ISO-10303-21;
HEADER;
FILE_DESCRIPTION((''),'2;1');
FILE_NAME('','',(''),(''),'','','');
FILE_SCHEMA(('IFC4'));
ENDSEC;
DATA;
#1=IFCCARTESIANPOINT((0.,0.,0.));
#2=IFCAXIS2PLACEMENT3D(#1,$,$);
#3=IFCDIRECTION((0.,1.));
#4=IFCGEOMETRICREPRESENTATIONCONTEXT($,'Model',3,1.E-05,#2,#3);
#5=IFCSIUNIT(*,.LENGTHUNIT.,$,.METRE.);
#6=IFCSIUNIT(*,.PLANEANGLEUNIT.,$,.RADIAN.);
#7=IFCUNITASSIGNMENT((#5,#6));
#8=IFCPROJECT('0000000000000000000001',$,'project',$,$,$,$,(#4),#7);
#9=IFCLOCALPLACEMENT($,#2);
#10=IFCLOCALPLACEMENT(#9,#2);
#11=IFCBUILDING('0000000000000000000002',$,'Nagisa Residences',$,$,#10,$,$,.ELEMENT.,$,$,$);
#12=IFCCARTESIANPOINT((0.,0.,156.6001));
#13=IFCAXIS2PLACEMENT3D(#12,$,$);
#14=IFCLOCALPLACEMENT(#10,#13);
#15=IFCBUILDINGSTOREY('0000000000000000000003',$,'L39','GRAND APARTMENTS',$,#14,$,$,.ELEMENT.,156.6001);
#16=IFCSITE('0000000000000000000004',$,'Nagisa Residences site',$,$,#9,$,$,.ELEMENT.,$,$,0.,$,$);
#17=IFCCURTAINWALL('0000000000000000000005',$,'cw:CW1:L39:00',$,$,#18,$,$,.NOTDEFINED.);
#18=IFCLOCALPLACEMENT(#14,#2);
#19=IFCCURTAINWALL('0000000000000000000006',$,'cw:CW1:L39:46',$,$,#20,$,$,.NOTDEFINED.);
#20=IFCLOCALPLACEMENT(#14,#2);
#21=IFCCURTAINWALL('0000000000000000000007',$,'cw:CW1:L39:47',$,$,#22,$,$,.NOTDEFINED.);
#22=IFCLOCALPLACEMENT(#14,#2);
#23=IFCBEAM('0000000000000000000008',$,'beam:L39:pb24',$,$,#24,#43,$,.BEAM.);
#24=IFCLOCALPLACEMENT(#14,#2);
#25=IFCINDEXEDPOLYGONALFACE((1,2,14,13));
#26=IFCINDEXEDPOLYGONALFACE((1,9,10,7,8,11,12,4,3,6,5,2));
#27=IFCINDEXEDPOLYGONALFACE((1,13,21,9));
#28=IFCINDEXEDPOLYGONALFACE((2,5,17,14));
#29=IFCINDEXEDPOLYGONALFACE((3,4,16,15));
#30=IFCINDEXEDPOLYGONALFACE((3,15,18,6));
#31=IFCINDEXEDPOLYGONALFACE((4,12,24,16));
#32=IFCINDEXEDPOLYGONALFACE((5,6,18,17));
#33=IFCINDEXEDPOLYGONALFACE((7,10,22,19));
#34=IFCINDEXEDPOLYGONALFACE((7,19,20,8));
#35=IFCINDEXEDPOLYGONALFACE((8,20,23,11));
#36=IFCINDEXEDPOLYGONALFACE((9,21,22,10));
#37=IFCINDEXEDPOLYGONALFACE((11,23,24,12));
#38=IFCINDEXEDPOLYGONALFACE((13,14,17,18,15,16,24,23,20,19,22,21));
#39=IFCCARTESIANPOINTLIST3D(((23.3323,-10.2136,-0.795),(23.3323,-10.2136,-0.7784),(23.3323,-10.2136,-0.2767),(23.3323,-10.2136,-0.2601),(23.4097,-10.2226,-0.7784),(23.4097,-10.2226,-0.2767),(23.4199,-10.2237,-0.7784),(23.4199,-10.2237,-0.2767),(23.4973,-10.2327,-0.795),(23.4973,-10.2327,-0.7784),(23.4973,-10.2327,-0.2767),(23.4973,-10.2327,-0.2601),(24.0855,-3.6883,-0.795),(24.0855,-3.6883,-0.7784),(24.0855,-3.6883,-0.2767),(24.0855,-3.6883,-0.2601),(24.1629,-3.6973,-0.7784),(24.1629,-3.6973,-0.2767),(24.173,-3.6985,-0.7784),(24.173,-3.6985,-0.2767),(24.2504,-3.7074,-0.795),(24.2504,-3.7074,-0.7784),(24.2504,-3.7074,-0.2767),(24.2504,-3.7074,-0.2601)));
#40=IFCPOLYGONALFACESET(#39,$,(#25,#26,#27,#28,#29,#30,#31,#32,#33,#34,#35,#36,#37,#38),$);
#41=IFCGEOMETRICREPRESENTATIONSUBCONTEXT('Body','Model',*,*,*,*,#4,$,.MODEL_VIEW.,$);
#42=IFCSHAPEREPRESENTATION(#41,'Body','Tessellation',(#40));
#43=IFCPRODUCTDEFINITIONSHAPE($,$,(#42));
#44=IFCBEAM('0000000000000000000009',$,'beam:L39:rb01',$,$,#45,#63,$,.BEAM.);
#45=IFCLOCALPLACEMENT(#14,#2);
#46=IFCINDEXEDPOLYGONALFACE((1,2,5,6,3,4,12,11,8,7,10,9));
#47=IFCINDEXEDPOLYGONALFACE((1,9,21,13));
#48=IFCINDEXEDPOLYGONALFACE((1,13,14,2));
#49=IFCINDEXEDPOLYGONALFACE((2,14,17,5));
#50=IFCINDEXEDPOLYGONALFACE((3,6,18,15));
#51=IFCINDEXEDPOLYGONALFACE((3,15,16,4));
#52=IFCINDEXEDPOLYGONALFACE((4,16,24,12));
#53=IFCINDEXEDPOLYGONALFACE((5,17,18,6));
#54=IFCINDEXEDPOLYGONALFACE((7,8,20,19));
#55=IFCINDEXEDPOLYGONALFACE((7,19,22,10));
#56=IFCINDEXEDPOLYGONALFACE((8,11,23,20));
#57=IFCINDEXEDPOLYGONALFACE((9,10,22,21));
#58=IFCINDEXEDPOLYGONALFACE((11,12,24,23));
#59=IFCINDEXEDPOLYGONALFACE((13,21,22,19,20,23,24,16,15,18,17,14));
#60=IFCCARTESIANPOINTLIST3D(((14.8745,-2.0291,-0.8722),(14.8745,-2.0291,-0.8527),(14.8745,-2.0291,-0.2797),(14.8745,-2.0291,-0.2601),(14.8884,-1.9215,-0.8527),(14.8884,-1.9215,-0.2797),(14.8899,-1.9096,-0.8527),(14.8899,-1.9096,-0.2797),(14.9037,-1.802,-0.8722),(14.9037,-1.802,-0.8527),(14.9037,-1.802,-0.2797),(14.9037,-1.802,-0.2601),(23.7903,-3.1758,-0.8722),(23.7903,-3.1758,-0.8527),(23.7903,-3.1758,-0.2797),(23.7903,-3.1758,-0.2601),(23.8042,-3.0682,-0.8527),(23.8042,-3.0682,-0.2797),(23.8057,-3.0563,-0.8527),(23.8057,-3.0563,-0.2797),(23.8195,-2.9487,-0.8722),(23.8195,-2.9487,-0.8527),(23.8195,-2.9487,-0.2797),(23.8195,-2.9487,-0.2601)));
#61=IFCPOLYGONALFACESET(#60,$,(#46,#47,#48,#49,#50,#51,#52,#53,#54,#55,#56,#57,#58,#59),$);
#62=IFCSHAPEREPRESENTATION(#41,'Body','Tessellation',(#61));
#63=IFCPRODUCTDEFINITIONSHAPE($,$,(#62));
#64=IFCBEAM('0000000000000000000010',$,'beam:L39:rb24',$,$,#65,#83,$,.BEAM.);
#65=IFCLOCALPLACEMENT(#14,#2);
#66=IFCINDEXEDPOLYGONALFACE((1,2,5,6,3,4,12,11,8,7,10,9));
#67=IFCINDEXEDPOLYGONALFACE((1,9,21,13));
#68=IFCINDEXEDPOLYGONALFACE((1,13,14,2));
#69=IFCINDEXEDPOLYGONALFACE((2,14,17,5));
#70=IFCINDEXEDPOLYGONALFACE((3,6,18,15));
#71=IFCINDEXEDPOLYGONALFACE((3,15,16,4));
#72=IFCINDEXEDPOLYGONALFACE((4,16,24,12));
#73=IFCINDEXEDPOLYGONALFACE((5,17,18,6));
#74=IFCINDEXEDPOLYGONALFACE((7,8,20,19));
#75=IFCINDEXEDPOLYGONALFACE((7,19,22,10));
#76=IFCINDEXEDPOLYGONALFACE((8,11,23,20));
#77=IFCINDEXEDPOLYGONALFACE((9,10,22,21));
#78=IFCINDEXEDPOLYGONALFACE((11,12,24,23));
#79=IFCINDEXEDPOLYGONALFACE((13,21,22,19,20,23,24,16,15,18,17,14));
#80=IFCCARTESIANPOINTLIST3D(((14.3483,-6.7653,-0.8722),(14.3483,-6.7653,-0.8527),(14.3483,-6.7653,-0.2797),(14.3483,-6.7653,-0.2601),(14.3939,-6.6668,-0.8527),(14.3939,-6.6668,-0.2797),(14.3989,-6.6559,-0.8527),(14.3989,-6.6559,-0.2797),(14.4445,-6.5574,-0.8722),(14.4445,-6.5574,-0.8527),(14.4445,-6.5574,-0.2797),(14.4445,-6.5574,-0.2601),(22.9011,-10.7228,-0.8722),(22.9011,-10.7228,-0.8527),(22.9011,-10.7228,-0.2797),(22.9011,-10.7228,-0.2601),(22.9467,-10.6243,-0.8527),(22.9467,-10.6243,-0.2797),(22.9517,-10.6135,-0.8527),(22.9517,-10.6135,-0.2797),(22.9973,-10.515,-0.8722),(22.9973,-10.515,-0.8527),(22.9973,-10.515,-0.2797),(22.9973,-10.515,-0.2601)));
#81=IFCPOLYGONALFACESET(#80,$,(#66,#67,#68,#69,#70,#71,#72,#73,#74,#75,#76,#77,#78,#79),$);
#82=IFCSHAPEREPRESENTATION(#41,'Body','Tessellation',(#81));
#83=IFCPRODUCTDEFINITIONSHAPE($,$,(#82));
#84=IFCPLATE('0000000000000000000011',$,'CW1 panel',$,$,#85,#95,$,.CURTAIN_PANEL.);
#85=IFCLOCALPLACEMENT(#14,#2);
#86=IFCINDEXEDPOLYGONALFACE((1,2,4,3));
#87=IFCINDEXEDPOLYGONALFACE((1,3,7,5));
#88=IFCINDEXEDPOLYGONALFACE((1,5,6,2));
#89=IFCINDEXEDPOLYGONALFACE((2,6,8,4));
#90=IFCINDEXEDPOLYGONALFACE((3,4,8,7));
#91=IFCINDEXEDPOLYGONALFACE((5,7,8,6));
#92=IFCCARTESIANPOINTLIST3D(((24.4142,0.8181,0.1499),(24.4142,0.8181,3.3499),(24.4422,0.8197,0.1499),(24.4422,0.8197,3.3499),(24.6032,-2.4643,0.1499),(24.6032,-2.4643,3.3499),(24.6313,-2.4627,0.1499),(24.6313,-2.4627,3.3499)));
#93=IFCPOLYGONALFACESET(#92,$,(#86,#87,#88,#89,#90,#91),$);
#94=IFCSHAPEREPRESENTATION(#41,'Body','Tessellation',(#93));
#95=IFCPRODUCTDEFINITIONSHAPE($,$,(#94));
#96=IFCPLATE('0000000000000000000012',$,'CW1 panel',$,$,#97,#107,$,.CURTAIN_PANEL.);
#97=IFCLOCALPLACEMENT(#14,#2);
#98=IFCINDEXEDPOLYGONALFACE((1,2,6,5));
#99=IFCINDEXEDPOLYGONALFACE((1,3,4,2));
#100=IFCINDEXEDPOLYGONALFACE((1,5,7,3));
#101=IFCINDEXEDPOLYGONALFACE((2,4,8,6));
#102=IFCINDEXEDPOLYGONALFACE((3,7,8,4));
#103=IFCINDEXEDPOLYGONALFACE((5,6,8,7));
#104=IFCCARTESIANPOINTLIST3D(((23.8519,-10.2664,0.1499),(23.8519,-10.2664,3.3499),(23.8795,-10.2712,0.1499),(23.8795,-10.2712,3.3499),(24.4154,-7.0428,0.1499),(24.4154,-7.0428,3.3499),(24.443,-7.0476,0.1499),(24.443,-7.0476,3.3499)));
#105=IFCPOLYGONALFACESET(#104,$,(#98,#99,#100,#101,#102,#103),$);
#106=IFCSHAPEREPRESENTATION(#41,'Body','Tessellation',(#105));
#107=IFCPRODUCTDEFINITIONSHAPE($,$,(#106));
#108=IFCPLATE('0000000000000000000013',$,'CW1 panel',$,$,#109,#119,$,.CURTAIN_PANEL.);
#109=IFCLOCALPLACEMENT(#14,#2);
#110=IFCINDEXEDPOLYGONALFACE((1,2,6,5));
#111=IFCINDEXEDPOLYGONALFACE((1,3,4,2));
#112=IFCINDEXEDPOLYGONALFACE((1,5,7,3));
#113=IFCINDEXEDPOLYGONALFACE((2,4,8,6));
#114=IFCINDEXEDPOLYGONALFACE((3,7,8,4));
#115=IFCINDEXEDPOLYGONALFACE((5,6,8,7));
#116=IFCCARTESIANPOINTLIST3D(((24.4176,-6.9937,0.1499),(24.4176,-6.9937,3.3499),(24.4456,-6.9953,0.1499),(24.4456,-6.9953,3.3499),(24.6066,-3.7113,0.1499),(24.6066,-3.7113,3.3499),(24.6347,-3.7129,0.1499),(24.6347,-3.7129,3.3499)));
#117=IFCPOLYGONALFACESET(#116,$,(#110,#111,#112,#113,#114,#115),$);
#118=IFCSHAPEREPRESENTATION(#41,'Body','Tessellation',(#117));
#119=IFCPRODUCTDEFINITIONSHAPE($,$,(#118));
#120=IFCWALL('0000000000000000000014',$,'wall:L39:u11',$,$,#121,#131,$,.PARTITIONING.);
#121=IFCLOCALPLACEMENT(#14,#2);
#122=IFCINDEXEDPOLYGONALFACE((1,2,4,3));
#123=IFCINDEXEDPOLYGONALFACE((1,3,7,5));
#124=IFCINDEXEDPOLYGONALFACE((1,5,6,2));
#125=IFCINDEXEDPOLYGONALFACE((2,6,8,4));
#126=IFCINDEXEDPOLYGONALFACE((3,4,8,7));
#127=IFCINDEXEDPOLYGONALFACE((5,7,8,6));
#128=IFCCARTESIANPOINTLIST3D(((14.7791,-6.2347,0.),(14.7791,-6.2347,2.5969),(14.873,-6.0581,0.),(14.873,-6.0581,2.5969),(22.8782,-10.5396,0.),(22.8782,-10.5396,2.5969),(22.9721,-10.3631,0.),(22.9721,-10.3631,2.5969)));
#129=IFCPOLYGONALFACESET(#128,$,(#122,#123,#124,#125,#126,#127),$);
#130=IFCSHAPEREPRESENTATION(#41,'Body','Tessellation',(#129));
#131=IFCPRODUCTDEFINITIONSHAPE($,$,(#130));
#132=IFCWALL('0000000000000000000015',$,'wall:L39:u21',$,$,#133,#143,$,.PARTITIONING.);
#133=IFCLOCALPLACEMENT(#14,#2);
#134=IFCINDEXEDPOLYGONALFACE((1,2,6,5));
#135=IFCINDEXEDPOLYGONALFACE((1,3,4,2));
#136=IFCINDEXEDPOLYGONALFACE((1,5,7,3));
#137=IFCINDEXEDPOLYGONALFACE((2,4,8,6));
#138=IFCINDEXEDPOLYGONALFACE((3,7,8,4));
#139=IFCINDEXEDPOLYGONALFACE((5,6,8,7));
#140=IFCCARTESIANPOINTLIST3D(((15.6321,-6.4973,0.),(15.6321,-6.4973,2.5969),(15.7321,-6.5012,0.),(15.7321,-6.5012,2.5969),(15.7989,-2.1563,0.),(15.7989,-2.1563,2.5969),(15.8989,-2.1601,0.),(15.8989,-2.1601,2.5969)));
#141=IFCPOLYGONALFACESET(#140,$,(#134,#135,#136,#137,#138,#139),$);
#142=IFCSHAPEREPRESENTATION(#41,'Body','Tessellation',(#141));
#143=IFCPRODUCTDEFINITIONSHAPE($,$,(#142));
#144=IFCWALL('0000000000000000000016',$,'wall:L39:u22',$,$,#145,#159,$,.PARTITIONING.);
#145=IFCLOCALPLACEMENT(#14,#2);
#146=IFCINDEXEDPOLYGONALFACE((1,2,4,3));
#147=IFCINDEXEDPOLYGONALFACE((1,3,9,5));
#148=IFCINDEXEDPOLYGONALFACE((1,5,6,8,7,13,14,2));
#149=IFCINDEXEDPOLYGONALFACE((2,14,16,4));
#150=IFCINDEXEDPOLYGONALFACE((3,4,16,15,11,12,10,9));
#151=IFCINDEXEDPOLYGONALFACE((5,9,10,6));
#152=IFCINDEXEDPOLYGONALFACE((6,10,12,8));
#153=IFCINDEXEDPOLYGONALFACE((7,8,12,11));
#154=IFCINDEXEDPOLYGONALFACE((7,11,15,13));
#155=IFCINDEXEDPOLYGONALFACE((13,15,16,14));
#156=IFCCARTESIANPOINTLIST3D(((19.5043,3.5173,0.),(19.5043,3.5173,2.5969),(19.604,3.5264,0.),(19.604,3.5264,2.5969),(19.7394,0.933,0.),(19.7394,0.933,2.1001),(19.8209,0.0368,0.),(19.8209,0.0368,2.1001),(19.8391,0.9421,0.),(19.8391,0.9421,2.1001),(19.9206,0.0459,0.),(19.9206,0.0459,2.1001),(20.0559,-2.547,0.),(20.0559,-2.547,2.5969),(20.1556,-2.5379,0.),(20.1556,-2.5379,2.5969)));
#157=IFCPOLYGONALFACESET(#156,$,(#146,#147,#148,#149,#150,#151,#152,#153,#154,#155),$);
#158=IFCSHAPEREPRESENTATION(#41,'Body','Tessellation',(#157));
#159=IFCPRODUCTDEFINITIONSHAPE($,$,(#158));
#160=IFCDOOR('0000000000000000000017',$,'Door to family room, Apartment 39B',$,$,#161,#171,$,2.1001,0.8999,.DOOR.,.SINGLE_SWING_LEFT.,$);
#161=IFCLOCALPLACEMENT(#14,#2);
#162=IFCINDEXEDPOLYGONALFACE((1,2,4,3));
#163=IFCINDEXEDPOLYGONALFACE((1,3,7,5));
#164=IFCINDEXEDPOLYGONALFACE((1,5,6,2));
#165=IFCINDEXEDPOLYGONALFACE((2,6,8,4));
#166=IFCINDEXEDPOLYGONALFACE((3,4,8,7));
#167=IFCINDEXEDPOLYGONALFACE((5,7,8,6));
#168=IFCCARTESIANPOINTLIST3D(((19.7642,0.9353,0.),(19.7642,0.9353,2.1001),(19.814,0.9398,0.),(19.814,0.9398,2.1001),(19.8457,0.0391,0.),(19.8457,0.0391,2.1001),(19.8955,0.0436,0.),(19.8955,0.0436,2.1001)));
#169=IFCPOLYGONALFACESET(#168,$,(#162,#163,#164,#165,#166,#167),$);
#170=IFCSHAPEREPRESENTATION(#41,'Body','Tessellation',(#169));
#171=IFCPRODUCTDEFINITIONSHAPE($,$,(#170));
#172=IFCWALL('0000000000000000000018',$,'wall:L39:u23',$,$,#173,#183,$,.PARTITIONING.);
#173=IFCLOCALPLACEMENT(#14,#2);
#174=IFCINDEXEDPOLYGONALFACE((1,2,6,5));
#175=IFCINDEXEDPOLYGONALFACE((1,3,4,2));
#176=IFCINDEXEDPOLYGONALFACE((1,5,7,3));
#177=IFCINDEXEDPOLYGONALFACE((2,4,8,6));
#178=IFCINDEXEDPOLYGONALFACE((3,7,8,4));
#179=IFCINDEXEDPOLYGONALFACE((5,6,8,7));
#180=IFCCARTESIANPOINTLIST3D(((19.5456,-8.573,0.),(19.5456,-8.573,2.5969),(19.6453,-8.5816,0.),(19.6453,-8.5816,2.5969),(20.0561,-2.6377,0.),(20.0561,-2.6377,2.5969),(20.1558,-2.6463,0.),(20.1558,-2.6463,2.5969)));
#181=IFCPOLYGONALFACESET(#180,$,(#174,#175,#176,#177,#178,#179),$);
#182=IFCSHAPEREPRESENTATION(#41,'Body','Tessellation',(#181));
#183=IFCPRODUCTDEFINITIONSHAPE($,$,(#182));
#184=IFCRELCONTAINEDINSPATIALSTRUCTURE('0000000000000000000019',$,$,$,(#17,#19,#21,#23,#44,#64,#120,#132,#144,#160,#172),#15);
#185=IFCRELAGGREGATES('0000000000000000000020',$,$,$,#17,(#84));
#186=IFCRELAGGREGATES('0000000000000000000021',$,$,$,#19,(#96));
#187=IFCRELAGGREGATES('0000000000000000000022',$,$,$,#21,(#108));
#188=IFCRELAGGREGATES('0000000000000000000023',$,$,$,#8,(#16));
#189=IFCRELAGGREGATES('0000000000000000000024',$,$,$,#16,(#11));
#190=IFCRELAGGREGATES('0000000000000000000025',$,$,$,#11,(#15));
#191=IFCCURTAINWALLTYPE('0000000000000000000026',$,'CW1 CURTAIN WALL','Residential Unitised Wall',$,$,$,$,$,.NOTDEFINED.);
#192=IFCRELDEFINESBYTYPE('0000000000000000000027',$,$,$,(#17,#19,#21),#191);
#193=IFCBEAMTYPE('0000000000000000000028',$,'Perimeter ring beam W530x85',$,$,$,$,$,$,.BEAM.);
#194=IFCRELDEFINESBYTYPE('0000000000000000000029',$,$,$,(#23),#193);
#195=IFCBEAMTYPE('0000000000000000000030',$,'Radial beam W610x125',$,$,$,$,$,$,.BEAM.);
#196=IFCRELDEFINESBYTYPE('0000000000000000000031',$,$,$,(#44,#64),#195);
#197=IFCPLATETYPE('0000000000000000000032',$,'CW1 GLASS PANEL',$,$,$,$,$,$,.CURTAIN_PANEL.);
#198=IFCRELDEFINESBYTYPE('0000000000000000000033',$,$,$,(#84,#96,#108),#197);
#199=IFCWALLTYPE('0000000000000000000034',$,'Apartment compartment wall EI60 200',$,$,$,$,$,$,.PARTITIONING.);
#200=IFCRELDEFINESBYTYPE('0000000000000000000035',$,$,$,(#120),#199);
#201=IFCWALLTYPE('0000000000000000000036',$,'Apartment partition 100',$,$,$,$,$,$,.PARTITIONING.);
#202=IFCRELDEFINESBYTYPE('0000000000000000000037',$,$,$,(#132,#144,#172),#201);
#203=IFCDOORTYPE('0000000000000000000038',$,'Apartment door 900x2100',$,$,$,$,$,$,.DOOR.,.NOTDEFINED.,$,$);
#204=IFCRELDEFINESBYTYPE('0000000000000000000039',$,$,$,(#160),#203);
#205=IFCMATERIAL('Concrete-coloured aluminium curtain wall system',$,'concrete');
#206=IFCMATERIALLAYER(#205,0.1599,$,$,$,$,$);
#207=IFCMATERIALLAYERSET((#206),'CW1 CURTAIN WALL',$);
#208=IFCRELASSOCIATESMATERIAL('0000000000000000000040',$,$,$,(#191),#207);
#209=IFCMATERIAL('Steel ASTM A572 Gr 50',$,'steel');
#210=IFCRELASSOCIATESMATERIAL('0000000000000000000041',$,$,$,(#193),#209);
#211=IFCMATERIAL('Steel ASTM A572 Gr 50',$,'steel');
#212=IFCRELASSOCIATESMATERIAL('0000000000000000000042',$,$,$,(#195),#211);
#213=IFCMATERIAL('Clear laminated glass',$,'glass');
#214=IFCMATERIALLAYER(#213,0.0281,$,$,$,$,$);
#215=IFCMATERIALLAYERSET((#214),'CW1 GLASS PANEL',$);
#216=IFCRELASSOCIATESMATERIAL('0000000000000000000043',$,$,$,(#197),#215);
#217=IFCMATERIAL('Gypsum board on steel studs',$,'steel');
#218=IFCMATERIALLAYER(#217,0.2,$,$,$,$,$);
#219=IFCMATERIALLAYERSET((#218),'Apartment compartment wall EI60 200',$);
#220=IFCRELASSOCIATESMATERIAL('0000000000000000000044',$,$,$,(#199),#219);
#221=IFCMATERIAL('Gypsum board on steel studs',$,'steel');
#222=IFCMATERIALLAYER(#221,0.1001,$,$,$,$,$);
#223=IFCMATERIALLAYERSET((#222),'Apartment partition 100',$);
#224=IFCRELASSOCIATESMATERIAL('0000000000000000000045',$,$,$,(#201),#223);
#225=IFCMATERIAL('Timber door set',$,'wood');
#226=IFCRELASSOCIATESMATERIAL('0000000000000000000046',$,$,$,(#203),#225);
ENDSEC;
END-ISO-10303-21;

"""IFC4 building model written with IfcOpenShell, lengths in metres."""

from ifc_helpers import new_model, si_unit, direction, frame, frame_2d, origin, origin_2d, place, context, subcontext, project, spatial, rectangle, i_section, extrude, material, layer, layer_set, material_profile, profile_set, type_object, element, fill, aggregate, save


model = new_model("IFC4")

# Units and contexts
model_context = context("Model", 3, precision=1e-05, world=origin(), true_north=direction((0.0, 1.0)))
body_context = subcontext(model_context, "Body", "Model", "MODEL_VIEW")
ifc_project = project(units=[si_unit("LENGTHUNIT", "METRE"), si_unit("PLANEANGLEUNIT", "RADIAN")], contexts=[model_context])

# Site, building, storey
site_placement = place(None, origin())
site = spatial("IfcSite", under=ifc_project, at=site_placement, Name="Nagisa Residences site", CompositionType="ELEMENT", RefElevation=0.0)
building_placement = place(site_placement, origin())
building = spatial("IfcBuilding", under=site, at=building_placement, Name="Nagisa Residences", CompositionType="ELEMENT")
storey_placement = place(building_placement, frame((0.0, 0.0, 156.6001)))
storey = spatial("IfcBuildingStorey", under=building, at=storey_placement, Name="L39", Description="GRAND APARTMENTS", CompositionType="ELEMENT", Elevation=156.6001)

# Curtain walls
ifc_material_1 = material(Name="Concrete-coloured aluminium curtain wall system", Category="concrete")
ifc_layer_1 = layer(ifc_material_1, 0.1599)
ifc_layer_set_1 = layer_set([ifc_layer_1], Name="CW1 CURTAIN WALL")
curtain_wall_type = type_object("IfcCurtainWallType", Name="CW1 CURTAIN WALL", Description="Residential Unitised Wall", PredefinedType="NOTDEFINED", material=ifc_layer_set_1)
curtain_wall_1_placement = place(storey_placement, origin())
curtain_wall_1 = element("IfcCurtainWall", 1, at=curtain_wall_1_placement, inside=storey, type_object=curtain_wall_type, Name="cw:CW1:L39:00", PredefinedType="NOTDEFINED")
curtain_wall_2_placement = place(storey_placement, origin())
curtain_wall_2 = element("IfcCurtainWall", 2, at=curtain_wall_2_placement, inside=storey, type_object=curtain_wall_type, Name="cw:CW1:L39:46", PredefinedType="NOTDEFINED")
curtain_wall_3_placement = place(storey_placement, origin())
curtain_wall_3 = element("IfcCurtainWall", 3, at=curtain_wall_3_placement, inside=storey, type_object=curtain_wall_type, Name="cw:CW1:L39:47", PredefinedType="NOTDEFINED")

# Beams
ifc_material_2 = material(Name="Steel ASTM A572 Gr 50", Category="steel")
ifc_material_profile_1 = material_profile(ifc_material_2, i_section(OverallWidth=0.166, OverallDepth=0.5349, WebThickness=0.0103, FlangeThickness=0.0166, at=origin_2d()), Name="W530x85")
ifc_profile_set_1 = profile_set([ifc_material_profile_1], Name="Steel ASTM A572 Gr 50")
beam_type_1 = type_object("IfcBeamType", Name="Perimeter ring beam W530x85", PredefinedType="BEAM", material=ifc_profile_set_1)
for number, where, z_axis, x_axis, name in (
    (4, (23.4148, -10.2231, -0.5276), (0.114661, 0.993405, 0.0), (-0.993405, 0.114661, 0.0), "beam:L39:pb24"),
):
    element("IfcBeam", number, at=place(storey_placement, frame(where, z_axis=z_axis, x_axis=x_axis)), inside=storey, type_object=beam_type_1, Name=name, PredefinedType="BEAM", context=body_context, shape_type="SweptSolid", body=[
        extrude(i_section(OverallWidth=0.166, OverallDepth=0.5349, WebThickness=0.0103, FlangeThickness=0.0166, at=origin_2d()), origin(), (0.0, 0.0, 1.0), 6.5686),
    ])
ifc_material_3 = material(Name="Steel ASTM A572 Gr 50", Category="steel")
ifc_material_profile_2 = material_profile(ifc_material_3, i_section(OverallWidth=0.229, OverallDepth=0.6121, WebThickness=0.012, FlangeThickness=0.0195, at=origin_2d()), Name="W610x125")
ifc_profile_set_2 = profile_set([ifc_material_profile_2], Name="Steel ASTM A572 Gr 50")
beam_type_2 = type_object("IfcBeamType", Name="Radial beam W610x125", PredefinedType="BEAM", material=ifc_profile_set_2)
beam_1_placement = place(storey_placement, frame((23.8049, -3.0623, -0.5662), z_axis=(-0.99183, 0.127567, 0.0), x_axis=(-0.127567, -0.99183, 0.0)))
element("IfcBeam", 5, at=beam_1_placement, inside=storey, type_object=beam_type_2, Name="beam:L39:rb01", PredefinedType="BEAM", context=body_context, shape_type="SweptSolid", body=[
    extrude(i_section(OverallWidth=0.229, OverallDepth=0.6121, WebThickness=0.012, FlangeThickness=0.0195, at=origin_2d()), origin(), (0.0, 0.0, 1.0), 8.9893),
])
beam_2_placement = place(storey_placement, frame((22.9492, -10.6189, -0.5662), z_axis=(-0.907551, 0.419942, 0.0), x_axis=(-0.419942, -0.907551, 0.0)))
element("IfcBeam", 6, at=beam_2_placement, inside=storey, type_object=beam_type_2, Name="beam:L39:rb24", PredefinedType="BEAM", context=body_context, shape_type="SweptSolid", body=[
    extrude(i_section(OverallWidth=0.229, OverallDepth=0.6121, WebThickness=0.012, FlangeThickness=0.0195, at=origin_2d()), origin(), (0.0, 0.0, 1.0), 9.4241),
])

# Plates
ifc_material_4 = material(Name="Clear laminated glass", Category="glass")
ifc_layer_2 = layer(ifc_material_4, 0.0281)
ifc_layer_set_2 = layer_set([ifc_layer_2], Name="CW1 GLASS PANEL")
plate_type = type_object("IfcPlateType", Name="CW1 GLASS PANEL", PredefinedType="CURTAIN_PANEL", material=ifc_layer_set_2)
plate_1_placement = place(storey_placement, frame((24.5227, -0.8223, 0.1499), z_axis=(0.0, 0.0, 1.0), x_axis=(-0.057503, 0.998345, 0.0)))
plate_1 = element("IfcPlate", 7, at=plate_1_placement, type_object=plate_type, Name="CW1 panel", PredefinedType="CURTAIN_PANEL", context=body_context, shape_type="SweptSolid", body=[
    extrude(rectangle(XDim=3.2878, YDim=0.0281, at=origin_2d()), origin(), (0.0, 0.0, 1.0), 3.2),
])
aggregate(curtain_wall_1, [plate_1])
plate_2_placement = place(storey_placement, frame((24.1475, -8.657, 0.1499), z_axis=(0.0, 0.0, 1.0), x_axis=(0.172191, 0.985064, 0.0)))
plate_2 = element("IfcPlate", 8, at=plate_2_placement, type_object=plate_type, Name="CW1 panel", PredefinedType="CURTAIN_PANEL", context=body_context, shape_type="SweptSolid", body=[
    extrude(rectangle(XDim=3.2725, YDim=0.0281, at=origin_2d()), origin(), (0.0, 0.0, 1.0), 3.2),
])
aggregate(curtain_wall_2, [plate_2])
plate_3_placement = place(storey_placement, frame((24.5261, -5.3533, 0.1499), z_axis=(0.0, 0.0, 1.0), x_axis=(0.057503, 0.998345, 0.0)))
plate_3 = element("IfcPlate", 9, at=plate_3_placement, type_object=plate_type, Name="CW1 panel", PredefinedType="CURTAIN_PANEL", context=body_context, shape_type="SweptSolid", body=[
    extrude(rectangle(XDim=3.2878, YDim=0.0281, at=origin_2d()), origin(), (0.0, 0.0, 1.0), 3.2),
])
aggregate(curtain_wall_3, [plate_3])

# Walls
ifc_material_5 = material(Name="Gypsum board on steel studs", Category="steel")
ifc_layer_3 = layer(ifc_material_5, 0.2)
ifc_layer_set_3 = layer_set([ifc_layer_3], Name="Apartment compartment wall EI60 200")
wall_type_1 = type_object("IfcWallType", Name="Apartment compartment wall EI60 200", PredefinedType="PARTITIONING", material=ifc_layer_set_3)
wall_1_placement = place(storey_placement, frame((14.8262, -6.1465, 0.0), z_axis=(0.0, 0.0, 1.0), x_axis=(0.883013, -0.469349, 0.0)))
element("IfcWall", 10, at=wall_1_placement, inside=storey, type_object=wall_type_1, Name="wall:L39:u11", PredefinedType="PARTITIONING", context=body_context, shape_type="SweptSolid", body=[
    extrude(rectangle(XDim=9.1721, YDim=0.2, at=frame_2d((4.5859, 0.0))), origin(), (0.0, 0.0, 1.0), 2.5969),
])
ifc_material_6 = material(Name="Gypsum board on steel studs", Category="steel")
ifc_layer_4 = layer(ifc_material_6, 0.1001)
ifc_layer_set_4 = layer_set([ifc_layer_4], Name="Apartment partition 100")
wall_type_2 = type_object("IfcWallType", Name="Apartment partition 100", PredefinedType="PARTITIONING", material=ifc_layer_set_4)
wall_2_placement = place(storey_placement, frame((15.8489, -2.1582, 0.0), z_axis=(0.0, 0.0, 1.0), x_axis=(-0.038383, -0.999263, 0.0)))
element("IfcWall", 11, at=wall_2_placement, inside=storey, type_object=wall_type_2, Name="wall:L39:u21", PredefinedType="PARTITIONING", context=body_context, shape_type="SweptSolid", body=[
    extrude(rectangle(XDim=4.3442, YDim=0.1001, at=frame_2d((2.1721, 0.0))), origin(), (0.0, 0.0, 1.0), 2.5969),
])

# Wall, opening, door
wall_3_placement = place(storey_placement, frame((20.1057, -2.5425, 0.0), z_axis=(0.0, 0.0, 1.0), x_axis=(-0.090572, 0.99589, 0.0)))
wall_3 = element("IfcWall", 12, at=wall_3_placement, inside=storey, type_object=wall_type_2, Name="wall:L39:u22", PredefinedType="PARTITIONING", context=body_context, shape_type="SweptSolid", body=[
    extrude(rectangle(XDim=6.0894, YDim=0.1001, at=frame_2d((3.0447, 0.0))), origin(), (0.0, 0.0, 1.0), 2.5969),
])
opening_1_placement = place(wall_3_placement, frame((2.5945, 0.0, 0.0)))
opening_1 = element("IfcOpeningElement", 13, at=opening_1_placement, cuts=wall_3, PredefinedType="OPENING", context=body_context, shape_type="SweptSolid", body=[
    extrude(rectangle(XDim=0.8999, YDim=2.1001, at=frame_2d((0.45, 1.05))), frame((0.0, 0.0601, 0.0), z_axis=(0.0, -1.0, 0.0), x_axis=(1.0, 0.0, 0.0)), (0.0, 0.0, 1.0), 0.1201),
])
ifc_material_7 = material(Name="Timber door set", Category="wood")
door_type_1 = type_object("IfcDoorType", Name="Apartment door 900x2100", OperationType="NOTDEFINED", PredefinedType="DOOR", material=ifc_material_7)
door_1_placement = place(opening_1_placement, frame((0.8999, 0.0, 0.0), x_axis=(-1.0, 0.0, 0.0)))
door_1 = element("IfcDoor", 14, at=door_1_placement, inside=storey, type_object=door_type_1, Name="Door to family room, Apartment 39B", OperationType="SINGLE_SWING_LEFT", OverallHeight=2.1001, OverallWidth=0.8999, PredefinedType="DOOR", context=body_context, shape_type="SweptSolid", body=[
    extrude(rectangle(XDim=0.8999, YDim=2.1001, at=frame_2d((0.45, 1.05))), frame((0.0, 0.0249, 0.0), z_axis=(0.0, -1.0, 0.0), x_axis=(1.0, 0.0, 0.0)), (0.0, 0.0, 1.0), 0.05),
])
fill(opening_1, door_1)

# Wall
wall_4_placement = place(storey_placement, frame((20.106, -2.6421, 0.0), z_axis=(0.0, 0.0, 1.0), x_axis=(-0.085694, -0.996321, 0.0)))
element("IfcWall", 15, at=wall_4_placement, inside=storey, type_object=wall_type_2, Name="wall:L39:u23", PredefinedType="PARTITIONING", context=body_context, shape_type="SweptSolid", body=[
    extrude(rectangle(XDim=5.9573, YDim=0.1001, at=frame_2d((2.9785, 0.0))), origin(), (0.0, 0.0, 1.0), 2.5969),
])

save(model, "model.ifc")
